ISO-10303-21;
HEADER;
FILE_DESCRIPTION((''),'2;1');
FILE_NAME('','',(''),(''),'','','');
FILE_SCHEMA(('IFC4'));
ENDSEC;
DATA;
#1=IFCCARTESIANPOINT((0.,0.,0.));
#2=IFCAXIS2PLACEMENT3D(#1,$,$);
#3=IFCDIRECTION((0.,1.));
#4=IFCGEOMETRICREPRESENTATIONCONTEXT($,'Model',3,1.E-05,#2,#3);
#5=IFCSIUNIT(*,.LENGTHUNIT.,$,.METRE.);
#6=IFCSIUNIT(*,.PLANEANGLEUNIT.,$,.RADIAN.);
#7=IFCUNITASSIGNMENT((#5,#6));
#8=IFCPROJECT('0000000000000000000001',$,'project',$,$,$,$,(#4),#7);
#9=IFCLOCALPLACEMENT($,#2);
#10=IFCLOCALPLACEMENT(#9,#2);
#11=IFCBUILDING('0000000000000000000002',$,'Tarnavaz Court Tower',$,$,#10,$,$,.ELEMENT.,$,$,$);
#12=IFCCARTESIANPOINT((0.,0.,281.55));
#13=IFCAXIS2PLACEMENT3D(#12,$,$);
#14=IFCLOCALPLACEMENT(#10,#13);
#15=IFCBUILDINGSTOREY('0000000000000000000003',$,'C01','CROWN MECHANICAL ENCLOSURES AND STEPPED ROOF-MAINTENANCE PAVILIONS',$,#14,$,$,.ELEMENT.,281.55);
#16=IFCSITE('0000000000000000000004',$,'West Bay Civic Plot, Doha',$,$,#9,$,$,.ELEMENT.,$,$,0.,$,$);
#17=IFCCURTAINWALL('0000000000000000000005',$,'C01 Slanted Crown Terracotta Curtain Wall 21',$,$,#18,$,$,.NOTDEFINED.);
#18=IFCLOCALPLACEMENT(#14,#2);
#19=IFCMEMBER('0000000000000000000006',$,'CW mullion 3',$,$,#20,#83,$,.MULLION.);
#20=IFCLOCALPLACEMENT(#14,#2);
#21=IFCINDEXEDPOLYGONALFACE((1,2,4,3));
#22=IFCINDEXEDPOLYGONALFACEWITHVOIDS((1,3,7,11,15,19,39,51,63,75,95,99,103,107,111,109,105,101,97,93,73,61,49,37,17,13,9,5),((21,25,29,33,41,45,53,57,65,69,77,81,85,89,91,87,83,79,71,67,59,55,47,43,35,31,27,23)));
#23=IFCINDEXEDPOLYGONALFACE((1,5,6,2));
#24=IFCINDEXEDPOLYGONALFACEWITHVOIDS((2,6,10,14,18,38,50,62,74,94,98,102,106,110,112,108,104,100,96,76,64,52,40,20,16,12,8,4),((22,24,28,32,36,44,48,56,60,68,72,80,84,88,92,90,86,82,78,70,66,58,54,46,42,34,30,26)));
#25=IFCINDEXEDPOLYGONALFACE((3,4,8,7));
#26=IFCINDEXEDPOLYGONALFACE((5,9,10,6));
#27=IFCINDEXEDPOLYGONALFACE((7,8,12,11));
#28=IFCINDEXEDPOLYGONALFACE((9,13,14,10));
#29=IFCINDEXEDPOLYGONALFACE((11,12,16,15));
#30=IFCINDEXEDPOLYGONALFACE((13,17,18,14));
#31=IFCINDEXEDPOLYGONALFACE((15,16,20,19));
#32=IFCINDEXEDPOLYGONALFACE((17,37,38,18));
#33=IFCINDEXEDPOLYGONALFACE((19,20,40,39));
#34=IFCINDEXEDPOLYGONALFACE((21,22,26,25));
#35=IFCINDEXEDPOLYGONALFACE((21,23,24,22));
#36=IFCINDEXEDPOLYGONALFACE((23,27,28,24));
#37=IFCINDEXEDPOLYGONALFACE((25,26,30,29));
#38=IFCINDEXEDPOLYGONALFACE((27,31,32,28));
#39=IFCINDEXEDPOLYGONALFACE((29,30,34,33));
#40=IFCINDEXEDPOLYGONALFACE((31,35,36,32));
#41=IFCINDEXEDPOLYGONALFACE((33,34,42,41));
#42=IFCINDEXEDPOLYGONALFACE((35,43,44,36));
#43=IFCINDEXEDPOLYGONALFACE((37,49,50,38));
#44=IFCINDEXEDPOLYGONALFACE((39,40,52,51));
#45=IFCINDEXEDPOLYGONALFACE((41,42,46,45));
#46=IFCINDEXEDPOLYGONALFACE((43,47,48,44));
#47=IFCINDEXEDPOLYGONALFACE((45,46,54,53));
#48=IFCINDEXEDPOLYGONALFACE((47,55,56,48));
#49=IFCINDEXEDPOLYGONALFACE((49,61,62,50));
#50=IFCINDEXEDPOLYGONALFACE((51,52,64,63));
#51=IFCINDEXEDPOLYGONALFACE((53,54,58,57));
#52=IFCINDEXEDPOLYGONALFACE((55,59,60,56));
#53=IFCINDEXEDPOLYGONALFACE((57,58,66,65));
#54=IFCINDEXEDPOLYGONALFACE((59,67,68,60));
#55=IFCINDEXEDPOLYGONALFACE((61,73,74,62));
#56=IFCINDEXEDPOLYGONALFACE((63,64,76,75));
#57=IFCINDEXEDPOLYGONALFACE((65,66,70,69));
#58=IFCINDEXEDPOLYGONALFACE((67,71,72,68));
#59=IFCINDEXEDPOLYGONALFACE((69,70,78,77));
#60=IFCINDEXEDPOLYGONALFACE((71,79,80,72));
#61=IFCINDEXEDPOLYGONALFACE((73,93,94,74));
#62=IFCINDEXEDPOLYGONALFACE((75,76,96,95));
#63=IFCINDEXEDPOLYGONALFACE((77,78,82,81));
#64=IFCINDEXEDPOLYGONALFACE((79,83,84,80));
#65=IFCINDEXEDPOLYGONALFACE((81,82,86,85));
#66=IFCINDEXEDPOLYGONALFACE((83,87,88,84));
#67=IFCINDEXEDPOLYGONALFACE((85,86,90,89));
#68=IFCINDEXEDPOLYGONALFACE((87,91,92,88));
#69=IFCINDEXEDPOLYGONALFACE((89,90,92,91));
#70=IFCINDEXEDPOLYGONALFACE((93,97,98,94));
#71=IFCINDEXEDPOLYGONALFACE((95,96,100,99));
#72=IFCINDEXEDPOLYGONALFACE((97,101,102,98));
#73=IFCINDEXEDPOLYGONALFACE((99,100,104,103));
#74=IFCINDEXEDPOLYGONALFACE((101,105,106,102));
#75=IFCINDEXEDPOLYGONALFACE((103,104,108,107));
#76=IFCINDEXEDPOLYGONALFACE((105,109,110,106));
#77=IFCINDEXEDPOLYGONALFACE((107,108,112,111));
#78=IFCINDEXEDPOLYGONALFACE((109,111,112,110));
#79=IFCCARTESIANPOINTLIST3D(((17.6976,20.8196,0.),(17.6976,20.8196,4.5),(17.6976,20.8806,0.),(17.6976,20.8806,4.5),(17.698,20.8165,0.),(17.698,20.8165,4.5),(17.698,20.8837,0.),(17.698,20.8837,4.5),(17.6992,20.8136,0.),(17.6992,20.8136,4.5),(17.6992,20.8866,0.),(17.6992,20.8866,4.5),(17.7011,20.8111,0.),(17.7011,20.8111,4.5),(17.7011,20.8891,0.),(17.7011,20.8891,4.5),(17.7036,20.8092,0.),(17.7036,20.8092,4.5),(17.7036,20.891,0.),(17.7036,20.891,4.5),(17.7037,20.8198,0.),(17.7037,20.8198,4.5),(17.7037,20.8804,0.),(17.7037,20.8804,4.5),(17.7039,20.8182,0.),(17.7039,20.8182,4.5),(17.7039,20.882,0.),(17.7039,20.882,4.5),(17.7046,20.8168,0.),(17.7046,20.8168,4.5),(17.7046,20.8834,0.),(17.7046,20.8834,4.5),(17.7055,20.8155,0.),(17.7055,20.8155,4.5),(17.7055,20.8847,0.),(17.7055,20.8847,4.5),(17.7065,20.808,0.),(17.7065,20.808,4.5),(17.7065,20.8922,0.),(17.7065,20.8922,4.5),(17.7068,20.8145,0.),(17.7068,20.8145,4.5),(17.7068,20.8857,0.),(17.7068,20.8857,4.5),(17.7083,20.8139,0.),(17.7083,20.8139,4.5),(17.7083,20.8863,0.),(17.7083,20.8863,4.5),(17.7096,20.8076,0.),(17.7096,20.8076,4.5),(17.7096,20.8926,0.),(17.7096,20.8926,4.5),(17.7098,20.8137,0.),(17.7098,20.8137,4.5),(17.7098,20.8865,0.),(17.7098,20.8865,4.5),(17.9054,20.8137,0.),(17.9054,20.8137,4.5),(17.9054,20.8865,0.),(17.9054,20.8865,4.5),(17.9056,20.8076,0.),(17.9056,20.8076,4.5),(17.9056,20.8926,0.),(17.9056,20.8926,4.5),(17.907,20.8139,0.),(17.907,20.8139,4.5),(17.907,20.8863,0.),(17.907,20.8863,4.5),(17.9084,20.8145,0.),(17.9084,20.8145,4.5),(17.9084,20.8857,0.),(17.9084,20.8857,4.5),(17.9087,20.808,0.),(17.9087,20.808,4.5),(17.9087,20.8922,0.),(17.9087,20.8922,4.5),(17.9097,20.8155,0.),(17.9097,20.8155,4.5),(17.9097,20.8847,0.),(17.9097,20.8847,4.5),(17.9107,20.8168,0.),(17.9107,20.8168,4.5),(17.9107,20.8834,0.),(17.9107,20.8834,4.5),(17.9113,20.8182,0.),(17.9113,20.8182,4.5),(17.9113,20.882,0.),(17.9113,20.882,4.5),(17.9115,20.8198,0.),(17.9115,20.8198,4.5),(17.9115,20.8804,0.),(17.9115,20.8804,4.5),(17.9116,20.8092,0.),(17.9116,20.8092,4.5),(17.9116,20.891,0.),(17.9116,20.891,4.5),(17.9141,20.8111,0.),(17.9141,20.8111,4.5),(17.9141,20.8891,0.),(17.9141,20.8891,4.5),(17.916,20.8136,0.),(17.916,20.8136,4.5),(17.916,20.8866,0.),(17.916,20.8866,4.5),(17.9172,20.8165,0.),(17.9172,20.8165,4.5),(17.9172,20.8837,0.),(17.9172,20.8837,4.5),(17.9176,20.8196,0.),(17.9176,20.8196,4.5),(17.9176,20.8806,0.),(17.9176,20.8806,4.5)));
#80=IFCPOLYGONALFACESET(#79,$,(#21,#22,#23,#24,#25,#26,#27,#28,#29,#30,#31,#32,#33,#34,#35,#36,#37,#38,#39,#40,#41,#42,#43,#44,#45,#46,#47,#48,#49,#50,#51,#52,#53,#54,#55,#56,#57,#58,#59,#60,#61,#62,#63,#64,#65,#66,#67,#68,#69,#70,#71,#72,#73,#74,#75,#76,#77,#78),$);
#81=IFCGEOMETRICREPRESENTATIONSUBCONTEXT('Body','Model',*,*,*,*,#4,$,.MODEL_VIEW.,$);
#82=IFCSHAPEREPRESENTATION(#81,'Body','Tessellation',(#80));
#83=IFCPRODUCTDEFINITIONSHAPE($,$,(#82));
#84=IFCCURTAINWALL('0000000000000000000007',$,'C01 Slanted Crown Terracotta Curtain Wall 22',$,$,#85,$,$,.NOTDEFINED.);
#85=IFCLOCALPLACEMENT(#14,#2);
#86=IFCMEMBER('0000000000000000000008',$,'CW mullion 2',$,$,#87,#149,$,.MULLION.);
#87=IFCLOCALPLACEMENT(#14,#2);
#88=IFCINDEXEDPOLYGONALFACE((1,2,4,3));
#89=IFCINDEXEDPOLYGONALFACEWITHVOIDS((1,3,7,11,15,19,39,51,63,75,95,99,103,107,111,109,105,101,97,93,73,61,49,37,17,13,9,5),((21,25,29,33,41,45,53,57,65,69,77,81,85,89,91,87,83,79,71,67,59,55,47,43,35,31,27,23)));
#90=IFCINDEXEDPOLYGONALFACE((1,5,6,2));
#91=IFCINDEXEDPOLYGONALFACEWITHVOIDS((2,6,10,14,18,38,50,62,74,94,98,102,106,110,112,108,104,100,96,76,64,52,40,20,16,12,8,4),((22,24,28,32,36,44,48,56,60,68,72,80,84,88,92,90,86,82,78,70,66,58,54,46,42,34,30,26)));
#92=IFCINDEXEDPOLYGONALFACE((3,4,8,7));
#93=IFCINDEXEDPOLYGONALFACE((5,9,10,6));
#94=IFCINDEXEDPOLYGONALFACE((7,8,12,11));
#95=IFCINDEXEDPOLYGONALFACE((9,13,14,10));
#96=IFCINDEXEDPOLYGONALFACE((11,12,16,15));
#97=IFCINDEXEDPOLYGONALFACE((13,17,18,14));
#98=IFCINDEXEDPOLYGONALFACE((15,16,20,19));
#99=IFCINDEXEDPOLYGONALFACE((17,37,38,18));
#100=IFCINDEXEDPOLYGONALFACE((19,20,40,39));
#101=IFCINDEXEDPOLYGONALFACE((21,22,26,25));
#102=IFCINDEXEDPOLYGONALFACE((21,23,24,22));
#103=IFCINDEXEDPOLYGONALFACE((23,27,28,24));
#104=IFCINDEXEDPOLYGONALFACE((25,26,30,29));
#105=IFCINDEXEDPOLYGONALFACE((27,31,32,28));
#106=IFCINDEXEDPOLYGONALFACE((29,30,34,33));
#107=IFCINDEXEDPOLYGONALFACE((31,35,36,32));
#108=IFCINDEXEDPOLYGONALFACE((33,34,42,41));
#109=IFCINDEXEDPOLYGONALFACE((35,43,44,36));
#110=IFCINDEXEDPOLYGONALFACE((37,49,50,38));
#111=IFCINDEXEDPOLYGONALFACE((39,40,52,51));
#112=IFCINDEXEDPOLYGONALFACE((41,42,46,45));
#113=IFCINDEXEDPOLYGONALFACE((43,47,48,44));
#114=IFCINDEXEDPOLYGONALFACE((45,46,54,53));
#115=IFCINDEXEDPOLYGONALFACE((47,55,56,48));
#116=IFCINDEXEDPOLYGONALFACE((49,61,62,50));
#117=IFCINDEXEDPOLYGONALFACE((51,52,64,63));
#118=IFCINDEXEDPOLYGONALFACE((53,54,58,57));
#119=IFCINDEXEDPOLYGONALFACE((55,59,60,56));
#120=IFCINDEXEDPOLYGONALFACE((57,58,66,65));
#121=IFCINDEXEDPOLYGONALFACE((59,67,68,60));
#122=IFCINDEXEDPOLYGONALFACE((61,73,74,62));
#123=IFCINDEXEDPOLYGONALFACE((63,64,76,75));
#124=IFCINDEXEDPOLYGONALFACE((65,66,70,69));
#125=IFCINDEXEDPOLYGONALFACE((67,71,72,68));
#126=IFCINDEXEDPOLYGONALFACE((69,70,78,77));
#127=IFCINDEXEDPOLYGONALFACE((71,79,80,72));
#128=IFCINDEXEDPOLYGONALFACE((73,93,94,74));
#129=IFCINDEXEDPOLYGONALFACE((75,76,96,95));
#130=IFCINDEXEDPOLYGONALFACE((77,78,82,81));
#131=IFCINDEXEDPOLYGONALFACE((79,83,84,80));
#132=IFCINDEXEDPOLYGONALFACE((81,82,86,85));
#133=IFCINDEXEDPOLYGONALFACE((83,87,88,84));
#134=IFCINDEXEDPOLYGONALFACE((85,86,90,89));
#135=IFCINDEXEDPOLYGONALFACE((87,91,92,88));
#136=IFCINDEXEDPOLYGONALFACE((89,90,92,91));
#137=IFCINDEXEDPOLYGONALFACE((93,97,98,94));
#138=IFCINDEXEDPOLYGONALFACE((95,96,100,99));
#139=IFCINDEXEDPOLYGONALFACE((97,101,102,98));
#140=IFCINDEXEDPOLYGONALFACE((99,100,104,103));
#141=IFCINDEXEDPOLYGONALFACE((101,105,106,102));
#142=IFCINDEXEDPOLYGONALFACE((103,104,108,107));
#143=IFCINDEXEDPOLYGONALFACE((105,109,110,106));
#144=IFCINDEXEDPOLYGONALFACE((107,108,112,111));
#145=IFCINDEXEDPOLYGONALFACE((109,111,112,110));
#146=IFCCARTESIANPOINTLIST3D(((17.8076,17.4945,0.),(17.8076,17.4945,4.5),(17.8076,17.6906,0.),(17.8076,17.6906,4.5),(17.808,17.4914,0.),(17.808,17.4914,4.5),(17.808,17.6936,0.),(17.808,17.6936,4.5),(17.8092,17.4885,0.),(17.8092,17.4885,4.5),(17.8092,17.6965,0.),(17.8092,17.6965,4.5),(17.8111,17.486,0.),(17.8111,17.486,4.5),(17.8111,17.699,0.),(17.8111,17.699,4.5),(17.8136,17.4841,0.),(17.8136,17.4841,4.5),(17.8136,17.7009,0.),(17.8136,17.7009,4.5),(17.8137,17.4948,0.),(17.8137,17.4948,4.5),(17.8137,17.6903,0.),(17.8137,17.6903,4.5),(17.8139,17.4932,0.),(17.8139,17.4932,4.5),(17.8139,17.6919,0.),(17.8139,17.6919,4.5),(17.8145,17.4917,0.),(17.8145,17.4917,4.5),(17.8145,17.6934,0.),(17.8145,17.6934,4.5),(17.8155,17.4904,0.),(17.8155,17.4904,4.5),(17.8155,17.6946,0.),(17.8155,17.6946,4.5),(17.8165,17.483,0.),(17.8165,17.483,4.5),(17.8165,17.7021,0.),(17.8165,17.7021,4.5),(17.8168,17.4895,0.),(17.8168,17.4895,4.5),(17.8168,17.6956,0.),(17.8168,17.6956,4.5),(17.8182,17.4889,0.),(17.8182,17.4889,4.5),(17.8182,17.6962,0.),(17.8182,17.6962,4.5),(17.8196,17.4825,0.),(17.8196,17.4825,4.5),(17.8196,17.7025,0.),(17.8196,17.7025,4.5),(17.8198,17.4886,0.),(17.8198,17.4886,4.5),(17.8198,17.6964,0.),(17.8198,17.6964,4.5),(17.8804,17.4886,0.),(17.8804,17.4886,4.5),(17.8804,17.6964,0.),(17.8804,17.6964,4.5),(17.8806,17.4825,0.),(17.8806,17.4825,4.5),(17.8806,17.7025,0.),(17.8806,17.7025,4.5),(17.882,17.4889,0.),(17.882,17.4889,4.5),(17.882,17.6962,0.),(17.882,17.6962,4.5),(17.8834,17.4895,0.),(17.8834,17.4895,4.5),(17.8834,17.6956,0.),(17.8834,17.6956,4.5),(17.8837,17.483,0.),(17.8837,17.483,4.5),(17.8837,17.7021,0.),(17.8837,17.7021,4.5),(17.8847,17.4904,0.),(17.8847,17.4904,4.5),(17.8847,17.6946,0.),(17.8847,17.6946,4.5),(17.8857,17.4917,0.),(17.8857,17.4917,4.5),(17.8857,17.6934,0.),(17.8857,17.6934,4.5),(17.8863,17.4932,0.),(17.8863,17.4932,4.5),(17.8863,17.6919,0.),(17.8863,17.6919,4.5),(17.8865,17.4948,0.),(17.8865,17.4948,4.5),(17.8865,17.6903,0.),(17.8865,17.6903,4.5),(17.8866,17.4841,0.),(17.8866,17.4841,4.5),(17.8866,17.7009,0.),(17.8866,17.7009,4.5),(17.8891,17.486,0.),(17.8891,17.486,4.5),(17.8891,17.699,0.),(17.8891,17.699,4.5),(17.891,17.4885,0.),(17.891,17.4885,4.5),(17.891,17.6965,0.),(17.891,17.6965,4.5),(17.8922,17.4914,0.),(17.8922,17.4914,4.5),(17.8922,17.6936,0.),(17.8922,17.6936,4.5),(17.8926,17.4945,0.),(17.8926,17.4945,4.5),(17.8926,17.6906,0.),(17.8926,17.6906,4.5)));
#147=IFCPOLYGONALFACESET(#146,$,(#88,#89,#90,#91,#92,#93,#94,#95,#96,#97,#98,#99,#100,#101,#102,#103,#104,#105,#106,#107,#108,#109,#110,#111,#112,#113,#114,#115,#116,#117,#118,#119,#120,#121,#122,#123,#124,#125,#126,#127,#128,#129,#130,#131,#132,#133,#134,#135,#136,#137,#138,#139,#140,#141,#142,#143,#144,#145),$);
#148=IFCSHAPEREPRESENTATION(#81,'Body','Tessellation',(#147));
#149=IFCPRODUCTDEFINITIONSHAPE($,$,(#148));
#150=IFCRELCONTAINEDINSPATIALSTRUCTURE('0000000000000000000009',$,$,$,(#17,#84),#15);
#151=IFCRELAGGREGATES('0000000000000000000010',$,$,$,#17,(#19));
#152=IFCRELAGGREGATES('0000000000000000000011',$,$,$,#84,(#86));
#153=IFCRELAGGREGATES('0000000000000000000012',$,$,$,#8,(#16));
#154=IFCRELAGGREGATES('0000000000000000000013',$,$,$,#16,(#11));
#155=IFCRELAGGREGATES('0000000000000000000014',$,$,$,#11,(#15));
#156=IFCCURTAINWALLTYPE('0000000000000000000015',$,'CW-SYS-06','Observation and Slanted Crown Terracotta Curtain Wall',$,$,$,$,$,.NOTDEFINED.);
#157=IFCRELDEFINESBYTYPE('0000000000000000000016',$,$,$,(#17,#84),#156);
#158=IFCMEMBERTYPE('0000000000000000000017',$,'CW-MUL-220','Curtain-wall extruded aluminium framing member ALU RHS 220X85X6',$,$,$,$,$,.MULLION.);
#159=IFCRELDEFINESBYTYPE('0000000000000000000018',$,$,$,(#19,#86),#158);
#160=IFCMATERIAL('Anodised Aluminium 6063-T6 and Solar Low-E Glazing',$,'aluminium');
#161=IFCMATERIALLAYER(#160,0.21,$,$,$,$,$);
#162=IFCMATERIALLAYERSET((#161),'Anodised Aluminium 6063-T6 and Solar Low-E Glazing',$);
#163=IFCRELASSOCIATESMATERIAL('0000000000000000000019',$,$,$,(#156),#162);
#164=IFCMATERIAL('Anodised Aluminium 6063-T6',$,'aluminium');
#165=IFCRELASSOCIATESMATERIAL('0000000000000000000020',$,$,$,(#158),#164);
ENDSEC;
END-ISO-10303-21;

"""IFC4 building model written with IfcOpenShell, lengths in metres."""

from ifc_helpers import new_model, si_unit, direction, frame, origin, origin_2d, place, context, subcontext, project, spatial, hollow_rectangle, extrude, material, layer, layer_set, material_profile, profile_set, type_object, element, aggregate, save


model = new_model("IFC4")

# Units and contexts
model_context = context("Model", 3, precision=1e-05, world=origin(), true_north=direction((0.0, 1.0)))
body_context = subcontext(model_context, "Body", "Model", "MODEL_VIEW")
ifc_project = project(units=[si_unit("LENGTHUNIT", "METRE"), si_unit("PLANEANGLEUNIT", "RADIAN")], contexts=[model_context])

# Site, building, storey
site_placement = place(None, origin())
site = spatial("IfcSite", under=ifc_project, at=site_placement, Name="West Bay Civic Plot, Doha", CompositionType="ELEMENT", RefElevation=0.0)
building_placement = place(site_placement, origin())
building = spatial("IfcBuilding", under=site, at=building_placement, Name="Tarnavaz Court Tower", CompositionType="ELEMENT")
storey_placement = place(building_placement, frame((0.0, 0.0, 281.55)))
storey = spatial("IfcBuildingStorey", under=building, at=storey_placement, Name="C01", Description="CROWN MECHANICAL ENCLOSURES AND STEPPED ROOF-MAINTENANCE PAVILIONS", CompositionType="ELEMENT", Elevation=281.55)

# Curtain wall, member
ifc_material_1 = material(Name="Anodised Aluminium 6063-T6 and Solar Low-E Glazing", Category="aluminium")
ifc_layer_1 = layer(ifc_material_1, 0.21)
ifc_layer_set_1 = layer_set([ifc_layer_1], Name="Anodised Aluminium 6063-T6 and Solar Low-E Glazing")
curtain_wall_type = type_object("IfcCurtainWallType", Name="CW-SYS-06", Description="Observation and Slanted Crown Terracotta Curtain Wall", PredefinedType="NOTDEFINED", material=ifc_layer_set_1)
curtain_wall_1_placement = place(storey_placement, origin())
curtain_wall_1 = element("IfcCurtainWall", 1, at=curtain_wall_1_placement, inside=storey, type_object=curtain_wall_type, Name="C01 Slanted Crown Terracotta Curtain Wall 21", PredefinedType="NOTDEFINED")
ifc_material_2 = material(Name="Anodised Aluminium 6063-T6", Category="aluminium")
ifc_material_profile_1 = material_profile(ifc_material_2, hollow_rectangle(XDim=0.085, YDim=0.22, WallThickness=0.0061, InnerFilletRadius=0.0061, OuterFilletRadius=0.012, at=origin_2d()), Name="ALU RHS 220X85X6")
ifc_profile_set_1 = profile_set([ifc_material_profile_1], Name="Anodised Aluminium 6063-T6")
member_type_1 = type_object("IfcMemberType", Name="CW-MUL-220", Description="Curtain-wall extruded aluminium framing member ALU RHS 220X85X6", PredefinedType="MULLION", material=ifc_profile_set_1)
member_1_placement = place(storey_placement, frame((17.8076, 20.8501, 0.0), z_axis=(0.0, 0.0, 1.0), x_axis=(0.0, 1.0, 0.0)))
member_1 = element("IfcMember", 2, at=member_1_placement, type_object=member_type_1, Name="CW mullion 3", PredefinedType="MULLION", context=body_context, shape_type="SweptSolid", body=[
    extrude(hollow_rectangle(XDim=0.085, YDim=0.22, WallThickness=0.0061, InnerFilletRadius=0.0061, OuterFilletRadius=0.012, at=origin_2d()), origin(), (0.0, 0.0, 1.0), 4.5),
])

# Curtain wall, member
curtain_wall_2_placement = place(storey_placement, origin())
curtain_wall_2 = element("IfcCurtainWall", 3, at=curtain_wall_2_placement, inside=storey, type_object=curtain_wall_type, Name="C01 Slanted Crown Terracotta Curtain Wall 22", PredefinedType="NOTDEFINED")
member_2_placement = place(storey_placement, frame((17.8501, 17.5925, 0.0), z_axis=(0.0, 0.0, 1.0), x_axis=(1.0, 0.0, 0.0)))
member_2 = element("IfcMember", 4, at=member_2_placement, type_object=member_type_1, Name="CW mullion 2", PredefinedType="MULLION", context=body_context, shape_type="SweptSolid", body=[
    extrude(hollow_rectangle(XDim=0.085, YDim=0.22, WallThickness=0.0061, InnerFilletRadius=0.0061, OuterFilletRadius=0.012, at=origin_2d()), origin(), (0.0, 0.0, 1.0), 4.5),
])

aggregate(curtain_wall_1, [member_1])
aggregate(curtain_wall_2, [member_2])

save(model, "model.ifc")
